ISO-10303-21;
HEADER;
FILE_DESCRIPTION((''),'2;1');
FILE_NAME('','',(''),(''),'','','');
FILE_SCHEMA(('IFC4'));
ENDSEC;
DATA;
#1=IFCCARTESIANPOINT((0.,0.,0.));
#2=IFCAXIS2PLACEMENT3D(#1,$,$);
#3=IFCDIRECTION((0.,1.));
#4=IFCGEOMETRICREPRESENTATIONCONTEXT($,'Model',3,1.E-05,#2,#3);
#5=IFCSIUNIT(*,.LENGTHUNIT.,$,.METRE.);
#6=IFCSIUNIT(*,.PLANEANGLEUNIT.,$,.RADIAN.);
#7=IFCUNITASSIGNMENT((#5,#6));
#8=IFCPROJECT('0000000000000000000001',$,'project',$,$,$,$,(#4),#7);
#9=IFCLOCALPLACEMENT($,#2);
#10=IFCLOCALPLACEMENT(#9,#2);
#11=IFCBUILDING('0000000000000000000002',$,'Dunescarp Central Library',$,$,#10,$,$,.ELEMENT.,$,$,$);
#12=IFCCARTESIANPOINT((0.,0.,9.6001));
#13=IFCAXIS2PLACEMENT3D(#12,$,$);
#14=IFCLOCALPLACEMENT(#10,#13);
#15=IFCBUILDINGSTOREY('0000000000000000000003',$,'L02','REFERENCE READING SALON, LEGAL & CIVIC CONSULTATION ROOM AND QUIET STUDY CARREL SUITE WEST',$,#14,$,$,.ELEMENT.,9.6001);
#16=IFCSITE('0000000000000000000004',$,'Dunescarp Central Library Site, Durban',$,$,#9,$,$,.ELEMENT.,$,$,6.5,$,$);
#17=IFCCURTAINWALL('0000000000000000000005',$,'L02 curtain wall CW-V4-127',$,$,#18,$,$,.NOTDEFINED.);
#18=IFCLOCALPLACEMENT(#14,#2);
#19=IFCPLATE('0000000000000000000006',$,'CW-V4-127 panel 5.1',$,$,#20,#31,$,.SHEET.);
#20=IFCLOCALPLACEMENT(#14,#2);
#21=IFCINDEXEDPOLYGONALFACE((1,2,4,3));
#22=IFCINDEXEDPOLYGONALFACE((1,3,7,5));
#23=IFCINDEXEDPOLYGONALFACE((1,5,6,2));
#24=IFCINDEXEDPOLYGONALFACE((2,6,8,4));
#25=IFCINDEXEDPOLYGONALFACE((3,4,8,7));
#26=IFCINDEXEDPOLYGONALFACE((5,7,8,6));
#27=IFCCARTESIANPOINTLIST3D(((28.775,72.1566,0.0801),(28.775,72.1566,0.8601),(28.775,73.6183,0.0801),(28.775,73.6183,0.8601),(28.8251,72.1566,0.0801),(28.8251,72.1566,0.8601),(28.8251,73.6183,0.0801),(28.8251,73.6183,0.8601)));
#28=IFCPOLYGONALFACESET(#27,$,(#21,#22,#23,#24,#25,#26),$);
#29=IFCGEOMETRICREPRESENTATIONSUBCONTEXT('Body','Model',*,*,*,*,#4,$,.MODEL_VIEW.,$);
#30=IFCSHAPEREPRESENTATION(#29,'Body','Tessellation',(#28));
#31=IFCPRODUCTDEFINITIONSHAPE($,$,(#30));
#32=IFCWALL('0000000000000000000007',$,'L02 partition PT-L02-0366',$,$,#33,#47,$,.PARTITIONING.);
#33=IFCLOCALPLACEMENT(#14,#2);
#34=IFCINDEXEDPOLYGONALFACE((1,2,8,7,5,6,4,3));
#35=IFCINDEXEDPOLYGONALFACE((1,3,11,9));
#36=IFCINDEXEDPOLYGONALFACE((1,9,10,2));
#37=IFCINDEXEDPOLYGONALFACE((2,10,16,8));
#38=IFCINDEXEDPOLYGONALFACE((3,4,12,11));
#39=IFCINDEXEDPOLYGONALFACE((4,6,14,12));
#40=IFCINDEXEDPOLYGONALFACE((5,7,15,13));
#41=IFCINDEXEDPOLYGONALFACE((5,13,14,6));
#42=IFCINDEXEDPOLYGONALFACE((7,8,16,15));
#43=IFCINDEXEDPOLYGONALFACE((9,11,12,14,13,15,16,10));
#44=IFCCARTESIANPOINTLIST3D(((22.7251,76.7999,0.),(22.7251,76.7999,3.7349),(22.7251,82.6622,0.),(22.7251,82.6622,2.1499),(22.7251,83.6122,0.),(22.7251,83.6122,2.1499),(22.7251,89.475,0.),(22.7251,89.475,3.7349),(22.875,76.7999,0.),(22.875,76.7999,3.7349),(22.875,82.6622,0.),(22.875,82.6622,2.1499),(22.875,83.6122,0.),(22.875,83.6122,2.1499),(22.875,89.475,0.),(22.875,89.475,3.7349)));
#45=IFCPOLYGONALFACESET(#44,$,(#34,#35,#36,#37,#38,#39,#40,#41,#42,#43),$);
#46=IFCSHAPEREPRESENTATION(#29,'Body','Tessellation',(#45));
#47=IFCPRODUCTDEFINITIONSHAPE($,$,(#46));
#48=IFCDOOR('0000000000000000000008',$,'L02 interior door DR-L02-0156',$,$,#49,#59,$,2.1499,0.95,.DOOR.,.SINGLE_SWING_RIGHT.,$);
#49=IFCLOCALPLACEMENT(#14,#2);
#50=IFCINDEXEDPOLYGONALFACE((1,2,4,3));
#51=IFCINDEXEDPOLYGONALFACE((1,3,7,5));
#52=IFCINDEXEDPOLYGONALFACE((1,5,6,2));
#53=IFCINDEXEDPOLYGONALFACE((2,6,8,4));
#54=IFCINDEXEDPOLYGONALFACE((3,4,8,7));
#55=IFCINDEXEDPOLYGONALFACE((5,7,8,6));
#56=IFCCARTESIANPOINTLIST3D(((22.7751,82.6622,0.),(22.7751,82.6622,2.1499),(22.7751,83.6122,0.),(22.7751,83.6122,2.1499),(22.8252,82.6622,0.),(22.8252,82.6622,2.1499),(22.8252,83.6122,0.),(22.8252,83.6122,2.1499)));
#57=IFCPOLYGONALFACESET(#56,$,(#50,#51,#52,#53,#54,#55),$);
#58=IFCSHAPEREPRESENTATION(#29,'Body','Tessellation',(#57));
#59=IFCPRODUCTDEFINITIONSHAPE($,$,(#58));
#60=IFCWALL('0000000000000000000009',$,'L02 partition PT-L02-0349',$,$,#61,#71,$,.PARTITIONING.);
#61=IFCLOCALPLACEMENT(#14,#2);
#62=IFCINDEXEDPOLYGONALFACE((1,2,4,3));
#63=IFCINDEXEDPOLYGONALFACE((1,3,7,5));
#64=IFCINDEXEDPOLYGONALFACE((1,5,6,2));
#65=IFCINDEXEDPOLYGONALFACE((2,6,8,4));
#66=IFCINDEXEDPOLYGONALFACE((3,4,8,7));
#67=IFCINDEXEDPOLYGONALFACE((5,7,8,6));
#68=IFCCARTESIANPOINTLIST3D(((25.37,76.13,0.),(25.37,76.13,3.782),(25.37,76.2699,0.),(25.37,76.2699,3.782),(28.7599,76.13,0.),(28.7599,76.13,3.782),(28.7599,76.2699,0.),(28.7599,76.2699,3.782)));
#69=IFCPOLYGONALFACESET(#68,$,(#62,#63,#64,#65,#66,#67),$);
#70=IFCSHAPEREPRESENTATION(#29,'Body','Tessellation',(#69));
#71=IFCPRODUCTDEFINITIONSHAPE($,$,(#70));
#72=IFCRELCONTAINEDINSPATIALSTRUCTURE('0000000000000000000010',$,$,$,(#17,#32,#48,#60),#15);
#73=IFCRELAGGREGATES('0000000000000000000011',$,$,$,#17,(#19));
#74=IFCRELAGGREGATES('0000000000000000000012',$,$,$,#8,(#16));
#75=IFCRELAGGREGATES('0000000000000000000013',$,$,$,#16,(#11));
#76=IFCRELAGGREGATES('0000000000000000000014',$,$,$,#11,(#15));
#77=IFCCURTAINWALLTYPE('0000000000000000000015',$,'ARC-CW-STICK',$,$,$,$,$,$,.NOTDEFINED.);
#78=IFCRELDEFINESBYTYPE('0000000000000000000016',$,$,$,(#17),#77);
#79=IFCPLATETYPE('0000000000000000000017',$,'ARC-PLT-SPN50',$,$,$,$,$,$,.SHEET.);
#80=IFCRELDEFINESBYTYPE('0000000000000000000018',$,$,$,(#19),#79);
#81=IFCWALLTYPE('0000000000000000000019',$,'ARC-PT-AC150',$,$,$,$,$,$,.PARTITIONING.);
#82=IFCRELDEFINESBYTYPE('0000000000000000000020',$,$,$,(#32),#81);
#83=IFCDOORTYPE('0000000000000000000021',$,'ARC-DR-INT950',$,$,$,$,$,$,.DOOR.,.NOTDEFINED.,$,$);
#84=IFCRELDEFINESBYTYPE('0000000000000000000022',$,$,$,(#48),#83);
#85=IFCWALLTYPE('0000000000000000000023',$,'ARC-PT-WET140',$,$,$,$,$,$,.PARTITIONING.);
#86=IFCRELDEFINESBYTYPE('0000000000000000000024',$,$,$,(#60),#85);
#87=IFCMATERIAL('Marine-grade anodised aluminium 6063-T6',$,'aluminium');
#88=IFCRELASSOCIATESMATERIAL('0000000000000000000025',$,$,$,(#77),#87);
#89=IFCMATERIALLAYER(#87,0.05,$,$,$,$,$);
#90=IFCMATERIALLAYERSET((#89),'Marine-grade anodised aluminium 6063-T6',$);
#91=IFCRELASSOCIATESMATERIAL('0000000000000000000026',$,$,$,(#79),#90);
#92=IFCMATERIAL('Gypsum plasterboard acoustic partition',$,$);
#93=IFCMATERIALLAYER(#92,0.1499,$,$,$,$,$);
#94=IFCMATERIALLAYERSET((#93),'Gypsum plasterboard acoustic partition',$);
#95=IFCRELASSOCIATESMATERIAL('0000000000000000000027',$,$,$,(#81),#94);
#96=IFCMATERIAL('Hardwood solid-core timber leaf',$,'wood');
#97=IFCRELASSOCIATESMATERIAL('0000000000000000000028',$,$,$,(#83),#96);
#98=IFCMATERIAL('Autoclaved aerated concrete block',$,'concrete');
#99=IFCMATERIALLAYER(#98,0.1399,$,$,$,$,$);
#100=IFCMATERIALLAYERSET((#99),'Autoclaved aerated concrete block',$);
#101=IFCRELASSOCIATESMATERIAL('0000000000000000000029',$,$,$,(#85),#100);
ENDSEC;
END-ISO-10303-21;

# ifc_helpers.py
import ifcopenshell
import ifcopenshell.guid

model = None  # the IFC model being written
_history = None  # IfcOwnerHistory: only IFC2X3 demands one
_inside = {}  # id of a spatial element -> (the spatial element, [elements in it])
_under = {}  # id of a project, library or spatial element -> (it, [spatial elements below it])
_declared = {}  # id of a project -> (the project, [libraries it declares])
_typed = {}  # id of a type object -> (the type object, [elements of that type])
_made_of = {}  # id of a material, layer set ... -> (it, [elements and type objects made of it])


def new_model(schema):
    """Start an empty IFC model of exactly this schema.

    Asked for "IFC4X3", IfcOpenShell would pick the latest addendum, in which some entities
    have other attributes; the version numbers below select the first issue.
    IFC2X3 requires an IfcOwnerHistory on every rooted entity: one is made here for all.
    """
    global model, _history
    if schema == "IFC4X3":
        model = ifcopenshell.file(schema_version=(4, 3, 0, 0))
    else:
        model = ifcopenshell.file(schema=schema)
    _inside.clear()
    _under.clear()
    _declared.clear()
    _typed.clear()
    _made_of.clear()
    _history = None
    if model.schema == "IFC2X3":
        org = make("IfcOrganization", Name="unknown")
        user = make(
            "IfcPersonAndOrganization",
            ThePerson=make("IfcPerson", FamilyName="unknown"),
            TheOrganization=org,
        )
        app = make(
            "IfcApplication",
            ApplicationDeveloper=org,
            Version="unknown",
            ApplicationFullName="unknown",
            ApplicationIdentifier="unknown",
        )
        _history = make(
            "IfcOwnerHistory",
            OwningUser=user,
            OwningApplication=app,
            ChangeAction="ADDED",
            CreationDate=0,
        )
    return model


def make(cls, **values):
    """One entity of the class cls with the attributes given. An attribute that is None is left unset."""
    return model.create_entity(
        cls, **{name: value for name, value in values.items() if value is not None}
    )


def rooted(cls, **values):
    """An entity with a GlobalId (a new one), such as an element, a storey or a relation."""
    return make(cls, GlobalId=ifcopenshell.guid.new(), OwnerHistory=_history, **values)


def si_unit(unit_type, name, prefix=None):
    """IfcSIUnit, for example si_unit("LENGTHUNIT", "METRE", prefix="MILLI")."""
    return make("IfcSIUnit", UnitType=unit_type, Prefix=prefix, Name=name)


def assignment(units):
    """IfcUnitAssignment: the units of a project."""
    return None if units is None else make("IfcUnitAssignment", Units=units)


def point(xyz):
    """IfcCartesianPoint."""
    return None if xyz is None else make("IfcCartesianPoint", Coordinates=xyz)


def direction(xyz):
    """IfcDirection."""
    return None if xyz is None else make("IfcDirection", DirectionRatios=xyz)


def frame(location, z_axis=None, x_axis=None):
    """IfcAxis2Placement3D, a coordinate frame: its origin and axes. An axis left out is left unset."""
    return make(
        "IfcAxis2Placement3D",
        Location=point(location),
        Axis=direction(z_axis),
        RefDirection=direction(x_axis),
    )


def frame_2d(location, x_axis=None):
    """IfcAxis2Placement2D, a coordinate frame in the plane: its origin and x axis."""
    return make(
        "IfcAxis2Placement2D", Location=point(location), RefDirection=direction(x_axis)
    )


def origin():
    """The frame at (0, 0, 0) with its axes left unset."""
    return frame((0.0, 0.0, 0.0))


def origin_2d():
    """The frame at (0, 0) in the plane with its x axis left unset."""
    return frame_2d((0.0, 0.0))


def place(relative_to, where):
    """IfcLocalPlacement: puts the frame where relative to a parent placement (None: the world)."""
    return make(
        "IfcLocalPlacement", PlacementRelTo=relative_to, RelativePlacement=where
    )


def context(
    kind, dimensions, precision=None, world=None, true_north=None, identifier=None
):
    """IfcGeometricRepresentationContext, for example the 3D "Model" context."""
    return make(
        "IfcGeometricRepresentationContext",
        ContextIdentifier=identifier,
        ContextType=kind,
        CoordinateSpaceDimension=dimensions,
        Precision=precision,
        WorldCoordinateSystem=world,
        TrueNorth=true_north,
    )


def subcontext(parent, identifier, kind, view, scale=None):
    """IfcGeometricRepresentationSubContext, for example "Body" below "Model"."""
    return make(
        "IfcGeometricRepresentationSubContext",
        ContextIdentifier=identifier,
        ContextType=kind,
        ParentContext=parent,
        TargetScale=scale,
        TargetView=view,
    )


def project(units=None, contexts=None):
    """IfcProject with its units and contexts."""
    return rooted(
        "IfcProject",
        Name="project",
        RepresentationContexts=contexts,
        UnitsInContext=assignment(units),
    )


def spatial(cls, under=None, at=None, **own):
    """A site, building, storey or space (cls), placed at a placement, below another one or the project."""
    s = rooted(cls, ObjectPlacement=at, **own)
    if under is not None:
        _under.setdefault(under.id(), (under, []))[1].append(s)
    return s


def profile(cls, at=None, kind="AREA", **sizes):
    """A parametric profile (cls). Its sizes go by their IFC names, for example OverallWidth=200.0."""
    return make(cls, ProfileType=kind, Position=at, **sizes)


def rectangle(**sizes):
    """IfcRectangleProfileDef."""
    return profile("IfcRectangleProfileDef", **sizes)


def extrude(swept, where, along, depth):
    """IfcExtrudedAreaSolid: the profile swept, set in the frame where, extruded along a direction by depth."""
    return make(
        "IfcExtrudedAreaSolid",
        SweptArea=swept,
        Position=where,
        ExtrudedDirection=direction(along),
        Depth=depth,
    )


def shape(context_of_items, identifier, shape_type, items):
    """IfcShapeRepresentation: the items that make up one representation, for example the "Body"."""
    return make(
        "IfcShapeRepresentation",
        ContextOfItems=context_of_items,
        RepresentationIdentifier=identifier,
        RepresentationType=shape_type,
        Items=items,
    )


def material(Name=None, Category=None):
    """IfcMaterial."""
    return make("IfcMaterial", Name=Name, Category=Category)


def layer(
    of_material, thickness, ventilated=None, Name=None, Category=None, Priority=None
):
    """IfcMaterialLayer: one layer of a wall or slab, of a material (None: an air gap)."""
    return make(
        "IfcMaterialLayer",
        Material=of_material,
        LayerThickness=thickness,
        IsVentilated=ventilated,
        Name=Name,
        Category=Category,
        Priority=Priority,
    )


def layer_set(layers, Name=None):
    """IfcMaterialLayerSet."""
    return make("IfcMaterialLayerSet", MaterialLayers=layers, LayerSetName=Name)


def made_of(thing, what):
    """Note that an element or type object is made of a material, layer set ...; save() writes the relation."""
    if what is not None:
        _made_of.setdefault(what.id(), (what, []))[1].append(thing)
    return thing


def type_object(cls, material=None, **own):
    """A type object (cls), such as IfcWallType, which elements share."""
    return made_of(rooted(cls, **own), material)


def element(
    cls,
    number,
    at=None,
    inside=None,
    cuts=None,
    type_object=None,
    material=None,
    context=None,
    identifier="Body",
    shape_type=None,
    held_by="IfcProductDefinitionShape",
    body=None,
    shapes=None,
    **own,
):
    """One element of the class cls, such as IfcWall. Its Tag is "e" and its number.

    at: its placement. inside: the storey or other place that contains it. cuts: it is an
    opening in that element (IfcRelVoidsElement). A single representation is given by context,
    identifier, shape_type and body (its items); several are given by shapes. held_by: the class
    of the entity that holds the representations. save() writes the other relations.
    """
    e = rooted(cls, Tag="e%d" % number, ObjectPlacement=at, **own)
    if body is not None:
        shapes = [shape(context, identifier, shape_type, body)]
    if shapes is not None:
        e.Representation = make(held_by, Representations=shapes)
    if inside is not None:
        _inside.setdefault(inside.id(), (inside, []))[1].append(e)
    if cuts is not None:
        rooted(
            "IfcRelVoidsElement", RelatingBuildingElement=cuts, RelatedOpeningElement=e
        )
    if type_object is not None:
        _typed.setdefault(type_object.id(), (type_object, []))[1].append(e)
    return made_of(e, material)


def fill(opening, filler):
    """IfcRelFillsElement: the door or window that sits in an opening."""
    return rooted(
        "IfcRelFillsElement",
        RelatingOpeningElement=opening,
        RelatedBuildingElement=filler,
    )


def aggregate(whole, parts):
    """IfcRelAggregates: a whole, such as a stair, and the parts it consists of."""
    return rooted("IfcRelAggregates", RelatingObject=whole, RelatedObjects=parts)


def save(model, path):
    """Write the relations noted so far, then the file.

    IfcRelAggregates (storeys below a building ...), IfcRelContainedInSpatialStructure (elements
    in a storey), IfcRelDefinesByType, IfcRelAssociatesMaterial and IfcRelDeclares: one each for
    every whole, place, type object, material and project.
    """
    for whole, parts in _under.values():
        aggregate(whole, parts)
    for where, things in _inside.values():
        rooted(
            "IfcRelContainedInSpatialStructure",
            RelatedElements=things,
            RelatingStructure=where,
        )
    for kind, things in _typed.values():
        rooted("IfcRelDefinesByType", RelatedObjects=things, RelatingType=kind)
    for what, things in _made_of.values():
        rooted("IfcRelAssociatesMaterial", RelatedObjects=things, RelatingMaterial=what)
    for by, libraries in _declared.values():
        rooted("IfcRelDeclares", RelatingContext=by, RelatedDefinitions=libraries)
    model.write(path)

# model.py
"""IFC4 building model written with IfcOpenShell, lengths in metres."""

from ifc_helpers import new_model, si_unit, direction, frame, frame_2d, origin, origin_2d, place, context, subcontext, project, spatial, rectangle, extrude, material, layer, layer_set, type_object, element, fill, aggregate, save


model = new_model("IFC4")

# Units and contexts
model_context = context("Model", 3, precision=1e-05, world=origin(), true_north=direction((0.0, 1.0)))
body_context = subcontext(model_context, "Body", "Model", "MODEL_VIEW")
ifc_project = project(units=[si_unit("LENGTHUNIT", "METRE"), si_unit("PLANEANGLEUNIT", "RADIAN")], contexts=[model_context])

# Site, building, storey
site_placement = place(None, origin())
site = spatial("IfcSite", under=ifc_project, at=site_placement, Name="Dunescarp Central Library Site, Durban", CompositionType="ELEMENT", RefElevation=6.5)
building_placement = place(site_placement, origin())
building = spatial("IfcBuilding", under=site, at=building_placement, Name="Dunescarp Central Library", CompositionType="ELEMENT")
storey_placement = place(building_placement, frame((0.0, 0.0, 9.6001)))
storey = spatial("IfcBuildingStorey", under=building, at=storey_placement, Name="L02", Description="REFERENCE READING SALON, LEGAL & CIVIC CONSULTATION ROOM AND QUIET STUDY CARREL SUITE WEST", CompositionType="ELEMENT", Elevation=9.6001)

# Curtain wall
ifc_material_1 = material(Name="Marine-grade anodised aluminium 6063-T6", Category="aluminium")
curtain_wall_type = type_object("IfcCurtainWallType", Name="ARC-CW-STICK", PredefinedType="NOTDEFINED", material=ifc_material_1)
curtain_wall_placement = place(storey_placement, origin())
curtain_wall = element("IfcCurtainWall", 1, at=curtain_wall_placement, inside=storey, type_object=curtain_wall_type, Name="L02 curtain wall CW-V4-127", PredefinedType="NOTDEFINED")

# Plate
ifc_layer_1 = layer(ifc_material_1, 0.05)
ifc_layer_set_1 = layer_set([ifc_layer_1], Name="Marine-grade anodised aluminium 6063-T6")
plate_type_1 = type_object("IfcPlateType", Name="ARC-PLT-SPN50", PredefinedType="SHEET", material=ifc_layer_set_1)
plate_1_placement = place(storey_placement, frame((28.8, 72.8875, 0.0801), z_axis=(0.0, 0.0, 1.0), x_axis=(0.0, -1.0, 0.0)))
plate_1 = element("IfcPlate", 2, at=plate_1_placement, type_object=plate_type_1, Name="CW-V4-127 panel 5.1", PredefinedType="SHEET", context=body_context, shape_type="SweptSolid", body=[
    extrude(rectangle(XDim=1.4617, YDim=0.05, at=origin_2d()), origin(), (0.0, 0.0, 1.0), 0.78),
])
aggregate(curtain_wall, [plate_1])

# Wall, opening, door
ifc_material_2 = material(Name="Gypsum plasterboard acoustic partition")
ifc_layer_2 = layer(ifc_material_2, 0.1499)
ifc_layer_set_2 = layer_set([ifc_layer_2], Name="Gypsum plasterboard acoustic partition")
wall_type_1 = type_object("IfcWallType", Name="ARC-PT-AC150", PredefinedType="PARTITIONING", material=ifc_layer_set_2)
wall_1_placement = place(storey_placement, frame((22.8, 76.8, 0.0), z_axis=(0.0, 0.0, 1.0), x_axis=(0.0, 1.0, 0.0)))
wall_1 = element("IfcWall", 3, at=wall_1_placement, inside=storey, type_object=wall_type_1, Name="L02 partition PT-L02-0366", PredefinedType="PARTITIONING", context=body_context, shape_type="SweptSolid", body=[
    extrude(rectangle(XDim=12.675, YDim=0.1499, at=frame_2d((6.3374, 0.0))), origin(), (0.0, 0.0, 1.0), 3.7349),
])
opening_placement = place(wall_1_placement, frame((5.8621, 0.0, 0.0)))
opening = element("IfcOpeningElement", 4, at=opening_placement, cuts=wall_1, PredefinedType="OPENING", context=body_context, shape_type="SweptSolid", body=[
    extrude(rectangle(XDim=0.95, YDim=2.1499, at=frame_2d((0.4751, 1.075))), frame((0.0, 0.085, 0.0), z_axis=(0.0, -1.0, 0.0), x_axis=(1.0, 0.0, 0.0)), (0.0, 0.0, 1.0), 0.1699),
])
ifc_material_3 = material(Name="Hardwood solid-core timber leaf", Category="wood")
door_type = type_object("IfcDoorType", Name="ARC-DR-INT950", OperationType="NOTDEFINED", PredefinedType="DOOR", material=ifc_material_3)
door_placement = place(opening_placement, origin())
door = element("IfcDoor", 5, at=door_placement, inside=storey, type_object=door_type, Name="L02 interior door DR-L02-0156", OperationType="SINGLE_SWING_RIGHT", OverallHeight=2.1499, OverallWidth=0.95, PredefinedType="DOOR", context=body_context, shape_type="SweptSolid", body=[
    extrude(rectangle(XDim=0.95, YDim=2.1499, at=frame_2d((0.4751, 1.075))), frame((0.0, 0.0249, 0.0), z_axis=(0.0, -1.0, 0.0), x_axis=(1.0, 0.0, 0.0)), (0.0, 0.0, 1.0), 0.05),
])
fill(opening, door)

# Wall
ifc_material_4 = material(Name="Autoclaved aerated concrete block", Category="concrete")
ifc_layer_3 = layer(ifc_material_4, 0.1399)
ifc_layer_set_3 = layer_set([ifc_layer_3], Name="Autoclaved aerated concrete block")
wall_type_2 = type_object("IfcWallType", Name="ARC-PT-WET140", PredefinedType="PARTITIONING", material=ifc_layer_set_3)
wall_2_placement = place(storey_placement, frame((25.3701, 76.2, 0.0), z_axis=(0.0, 0.0, 1.0), x_axis=(1.0, 0.0, 0.0)))
element("IfcWall", 6, at=wall_2_placement, inside=storey, type_object=wall_type_2, Name="L02 partition PT-L02-0349", PredefinedType="PARTITIONING", context=body_context, shape_type="SweptSolid", body=[
    extrude(rectangle(XDim=3.3899, YDim=0.1399, at=frame_2d((1.6948, 0.0))), origin(), (0.0, 0.0, 1.0), 3.782),
])

save(model, "model.ifc")
